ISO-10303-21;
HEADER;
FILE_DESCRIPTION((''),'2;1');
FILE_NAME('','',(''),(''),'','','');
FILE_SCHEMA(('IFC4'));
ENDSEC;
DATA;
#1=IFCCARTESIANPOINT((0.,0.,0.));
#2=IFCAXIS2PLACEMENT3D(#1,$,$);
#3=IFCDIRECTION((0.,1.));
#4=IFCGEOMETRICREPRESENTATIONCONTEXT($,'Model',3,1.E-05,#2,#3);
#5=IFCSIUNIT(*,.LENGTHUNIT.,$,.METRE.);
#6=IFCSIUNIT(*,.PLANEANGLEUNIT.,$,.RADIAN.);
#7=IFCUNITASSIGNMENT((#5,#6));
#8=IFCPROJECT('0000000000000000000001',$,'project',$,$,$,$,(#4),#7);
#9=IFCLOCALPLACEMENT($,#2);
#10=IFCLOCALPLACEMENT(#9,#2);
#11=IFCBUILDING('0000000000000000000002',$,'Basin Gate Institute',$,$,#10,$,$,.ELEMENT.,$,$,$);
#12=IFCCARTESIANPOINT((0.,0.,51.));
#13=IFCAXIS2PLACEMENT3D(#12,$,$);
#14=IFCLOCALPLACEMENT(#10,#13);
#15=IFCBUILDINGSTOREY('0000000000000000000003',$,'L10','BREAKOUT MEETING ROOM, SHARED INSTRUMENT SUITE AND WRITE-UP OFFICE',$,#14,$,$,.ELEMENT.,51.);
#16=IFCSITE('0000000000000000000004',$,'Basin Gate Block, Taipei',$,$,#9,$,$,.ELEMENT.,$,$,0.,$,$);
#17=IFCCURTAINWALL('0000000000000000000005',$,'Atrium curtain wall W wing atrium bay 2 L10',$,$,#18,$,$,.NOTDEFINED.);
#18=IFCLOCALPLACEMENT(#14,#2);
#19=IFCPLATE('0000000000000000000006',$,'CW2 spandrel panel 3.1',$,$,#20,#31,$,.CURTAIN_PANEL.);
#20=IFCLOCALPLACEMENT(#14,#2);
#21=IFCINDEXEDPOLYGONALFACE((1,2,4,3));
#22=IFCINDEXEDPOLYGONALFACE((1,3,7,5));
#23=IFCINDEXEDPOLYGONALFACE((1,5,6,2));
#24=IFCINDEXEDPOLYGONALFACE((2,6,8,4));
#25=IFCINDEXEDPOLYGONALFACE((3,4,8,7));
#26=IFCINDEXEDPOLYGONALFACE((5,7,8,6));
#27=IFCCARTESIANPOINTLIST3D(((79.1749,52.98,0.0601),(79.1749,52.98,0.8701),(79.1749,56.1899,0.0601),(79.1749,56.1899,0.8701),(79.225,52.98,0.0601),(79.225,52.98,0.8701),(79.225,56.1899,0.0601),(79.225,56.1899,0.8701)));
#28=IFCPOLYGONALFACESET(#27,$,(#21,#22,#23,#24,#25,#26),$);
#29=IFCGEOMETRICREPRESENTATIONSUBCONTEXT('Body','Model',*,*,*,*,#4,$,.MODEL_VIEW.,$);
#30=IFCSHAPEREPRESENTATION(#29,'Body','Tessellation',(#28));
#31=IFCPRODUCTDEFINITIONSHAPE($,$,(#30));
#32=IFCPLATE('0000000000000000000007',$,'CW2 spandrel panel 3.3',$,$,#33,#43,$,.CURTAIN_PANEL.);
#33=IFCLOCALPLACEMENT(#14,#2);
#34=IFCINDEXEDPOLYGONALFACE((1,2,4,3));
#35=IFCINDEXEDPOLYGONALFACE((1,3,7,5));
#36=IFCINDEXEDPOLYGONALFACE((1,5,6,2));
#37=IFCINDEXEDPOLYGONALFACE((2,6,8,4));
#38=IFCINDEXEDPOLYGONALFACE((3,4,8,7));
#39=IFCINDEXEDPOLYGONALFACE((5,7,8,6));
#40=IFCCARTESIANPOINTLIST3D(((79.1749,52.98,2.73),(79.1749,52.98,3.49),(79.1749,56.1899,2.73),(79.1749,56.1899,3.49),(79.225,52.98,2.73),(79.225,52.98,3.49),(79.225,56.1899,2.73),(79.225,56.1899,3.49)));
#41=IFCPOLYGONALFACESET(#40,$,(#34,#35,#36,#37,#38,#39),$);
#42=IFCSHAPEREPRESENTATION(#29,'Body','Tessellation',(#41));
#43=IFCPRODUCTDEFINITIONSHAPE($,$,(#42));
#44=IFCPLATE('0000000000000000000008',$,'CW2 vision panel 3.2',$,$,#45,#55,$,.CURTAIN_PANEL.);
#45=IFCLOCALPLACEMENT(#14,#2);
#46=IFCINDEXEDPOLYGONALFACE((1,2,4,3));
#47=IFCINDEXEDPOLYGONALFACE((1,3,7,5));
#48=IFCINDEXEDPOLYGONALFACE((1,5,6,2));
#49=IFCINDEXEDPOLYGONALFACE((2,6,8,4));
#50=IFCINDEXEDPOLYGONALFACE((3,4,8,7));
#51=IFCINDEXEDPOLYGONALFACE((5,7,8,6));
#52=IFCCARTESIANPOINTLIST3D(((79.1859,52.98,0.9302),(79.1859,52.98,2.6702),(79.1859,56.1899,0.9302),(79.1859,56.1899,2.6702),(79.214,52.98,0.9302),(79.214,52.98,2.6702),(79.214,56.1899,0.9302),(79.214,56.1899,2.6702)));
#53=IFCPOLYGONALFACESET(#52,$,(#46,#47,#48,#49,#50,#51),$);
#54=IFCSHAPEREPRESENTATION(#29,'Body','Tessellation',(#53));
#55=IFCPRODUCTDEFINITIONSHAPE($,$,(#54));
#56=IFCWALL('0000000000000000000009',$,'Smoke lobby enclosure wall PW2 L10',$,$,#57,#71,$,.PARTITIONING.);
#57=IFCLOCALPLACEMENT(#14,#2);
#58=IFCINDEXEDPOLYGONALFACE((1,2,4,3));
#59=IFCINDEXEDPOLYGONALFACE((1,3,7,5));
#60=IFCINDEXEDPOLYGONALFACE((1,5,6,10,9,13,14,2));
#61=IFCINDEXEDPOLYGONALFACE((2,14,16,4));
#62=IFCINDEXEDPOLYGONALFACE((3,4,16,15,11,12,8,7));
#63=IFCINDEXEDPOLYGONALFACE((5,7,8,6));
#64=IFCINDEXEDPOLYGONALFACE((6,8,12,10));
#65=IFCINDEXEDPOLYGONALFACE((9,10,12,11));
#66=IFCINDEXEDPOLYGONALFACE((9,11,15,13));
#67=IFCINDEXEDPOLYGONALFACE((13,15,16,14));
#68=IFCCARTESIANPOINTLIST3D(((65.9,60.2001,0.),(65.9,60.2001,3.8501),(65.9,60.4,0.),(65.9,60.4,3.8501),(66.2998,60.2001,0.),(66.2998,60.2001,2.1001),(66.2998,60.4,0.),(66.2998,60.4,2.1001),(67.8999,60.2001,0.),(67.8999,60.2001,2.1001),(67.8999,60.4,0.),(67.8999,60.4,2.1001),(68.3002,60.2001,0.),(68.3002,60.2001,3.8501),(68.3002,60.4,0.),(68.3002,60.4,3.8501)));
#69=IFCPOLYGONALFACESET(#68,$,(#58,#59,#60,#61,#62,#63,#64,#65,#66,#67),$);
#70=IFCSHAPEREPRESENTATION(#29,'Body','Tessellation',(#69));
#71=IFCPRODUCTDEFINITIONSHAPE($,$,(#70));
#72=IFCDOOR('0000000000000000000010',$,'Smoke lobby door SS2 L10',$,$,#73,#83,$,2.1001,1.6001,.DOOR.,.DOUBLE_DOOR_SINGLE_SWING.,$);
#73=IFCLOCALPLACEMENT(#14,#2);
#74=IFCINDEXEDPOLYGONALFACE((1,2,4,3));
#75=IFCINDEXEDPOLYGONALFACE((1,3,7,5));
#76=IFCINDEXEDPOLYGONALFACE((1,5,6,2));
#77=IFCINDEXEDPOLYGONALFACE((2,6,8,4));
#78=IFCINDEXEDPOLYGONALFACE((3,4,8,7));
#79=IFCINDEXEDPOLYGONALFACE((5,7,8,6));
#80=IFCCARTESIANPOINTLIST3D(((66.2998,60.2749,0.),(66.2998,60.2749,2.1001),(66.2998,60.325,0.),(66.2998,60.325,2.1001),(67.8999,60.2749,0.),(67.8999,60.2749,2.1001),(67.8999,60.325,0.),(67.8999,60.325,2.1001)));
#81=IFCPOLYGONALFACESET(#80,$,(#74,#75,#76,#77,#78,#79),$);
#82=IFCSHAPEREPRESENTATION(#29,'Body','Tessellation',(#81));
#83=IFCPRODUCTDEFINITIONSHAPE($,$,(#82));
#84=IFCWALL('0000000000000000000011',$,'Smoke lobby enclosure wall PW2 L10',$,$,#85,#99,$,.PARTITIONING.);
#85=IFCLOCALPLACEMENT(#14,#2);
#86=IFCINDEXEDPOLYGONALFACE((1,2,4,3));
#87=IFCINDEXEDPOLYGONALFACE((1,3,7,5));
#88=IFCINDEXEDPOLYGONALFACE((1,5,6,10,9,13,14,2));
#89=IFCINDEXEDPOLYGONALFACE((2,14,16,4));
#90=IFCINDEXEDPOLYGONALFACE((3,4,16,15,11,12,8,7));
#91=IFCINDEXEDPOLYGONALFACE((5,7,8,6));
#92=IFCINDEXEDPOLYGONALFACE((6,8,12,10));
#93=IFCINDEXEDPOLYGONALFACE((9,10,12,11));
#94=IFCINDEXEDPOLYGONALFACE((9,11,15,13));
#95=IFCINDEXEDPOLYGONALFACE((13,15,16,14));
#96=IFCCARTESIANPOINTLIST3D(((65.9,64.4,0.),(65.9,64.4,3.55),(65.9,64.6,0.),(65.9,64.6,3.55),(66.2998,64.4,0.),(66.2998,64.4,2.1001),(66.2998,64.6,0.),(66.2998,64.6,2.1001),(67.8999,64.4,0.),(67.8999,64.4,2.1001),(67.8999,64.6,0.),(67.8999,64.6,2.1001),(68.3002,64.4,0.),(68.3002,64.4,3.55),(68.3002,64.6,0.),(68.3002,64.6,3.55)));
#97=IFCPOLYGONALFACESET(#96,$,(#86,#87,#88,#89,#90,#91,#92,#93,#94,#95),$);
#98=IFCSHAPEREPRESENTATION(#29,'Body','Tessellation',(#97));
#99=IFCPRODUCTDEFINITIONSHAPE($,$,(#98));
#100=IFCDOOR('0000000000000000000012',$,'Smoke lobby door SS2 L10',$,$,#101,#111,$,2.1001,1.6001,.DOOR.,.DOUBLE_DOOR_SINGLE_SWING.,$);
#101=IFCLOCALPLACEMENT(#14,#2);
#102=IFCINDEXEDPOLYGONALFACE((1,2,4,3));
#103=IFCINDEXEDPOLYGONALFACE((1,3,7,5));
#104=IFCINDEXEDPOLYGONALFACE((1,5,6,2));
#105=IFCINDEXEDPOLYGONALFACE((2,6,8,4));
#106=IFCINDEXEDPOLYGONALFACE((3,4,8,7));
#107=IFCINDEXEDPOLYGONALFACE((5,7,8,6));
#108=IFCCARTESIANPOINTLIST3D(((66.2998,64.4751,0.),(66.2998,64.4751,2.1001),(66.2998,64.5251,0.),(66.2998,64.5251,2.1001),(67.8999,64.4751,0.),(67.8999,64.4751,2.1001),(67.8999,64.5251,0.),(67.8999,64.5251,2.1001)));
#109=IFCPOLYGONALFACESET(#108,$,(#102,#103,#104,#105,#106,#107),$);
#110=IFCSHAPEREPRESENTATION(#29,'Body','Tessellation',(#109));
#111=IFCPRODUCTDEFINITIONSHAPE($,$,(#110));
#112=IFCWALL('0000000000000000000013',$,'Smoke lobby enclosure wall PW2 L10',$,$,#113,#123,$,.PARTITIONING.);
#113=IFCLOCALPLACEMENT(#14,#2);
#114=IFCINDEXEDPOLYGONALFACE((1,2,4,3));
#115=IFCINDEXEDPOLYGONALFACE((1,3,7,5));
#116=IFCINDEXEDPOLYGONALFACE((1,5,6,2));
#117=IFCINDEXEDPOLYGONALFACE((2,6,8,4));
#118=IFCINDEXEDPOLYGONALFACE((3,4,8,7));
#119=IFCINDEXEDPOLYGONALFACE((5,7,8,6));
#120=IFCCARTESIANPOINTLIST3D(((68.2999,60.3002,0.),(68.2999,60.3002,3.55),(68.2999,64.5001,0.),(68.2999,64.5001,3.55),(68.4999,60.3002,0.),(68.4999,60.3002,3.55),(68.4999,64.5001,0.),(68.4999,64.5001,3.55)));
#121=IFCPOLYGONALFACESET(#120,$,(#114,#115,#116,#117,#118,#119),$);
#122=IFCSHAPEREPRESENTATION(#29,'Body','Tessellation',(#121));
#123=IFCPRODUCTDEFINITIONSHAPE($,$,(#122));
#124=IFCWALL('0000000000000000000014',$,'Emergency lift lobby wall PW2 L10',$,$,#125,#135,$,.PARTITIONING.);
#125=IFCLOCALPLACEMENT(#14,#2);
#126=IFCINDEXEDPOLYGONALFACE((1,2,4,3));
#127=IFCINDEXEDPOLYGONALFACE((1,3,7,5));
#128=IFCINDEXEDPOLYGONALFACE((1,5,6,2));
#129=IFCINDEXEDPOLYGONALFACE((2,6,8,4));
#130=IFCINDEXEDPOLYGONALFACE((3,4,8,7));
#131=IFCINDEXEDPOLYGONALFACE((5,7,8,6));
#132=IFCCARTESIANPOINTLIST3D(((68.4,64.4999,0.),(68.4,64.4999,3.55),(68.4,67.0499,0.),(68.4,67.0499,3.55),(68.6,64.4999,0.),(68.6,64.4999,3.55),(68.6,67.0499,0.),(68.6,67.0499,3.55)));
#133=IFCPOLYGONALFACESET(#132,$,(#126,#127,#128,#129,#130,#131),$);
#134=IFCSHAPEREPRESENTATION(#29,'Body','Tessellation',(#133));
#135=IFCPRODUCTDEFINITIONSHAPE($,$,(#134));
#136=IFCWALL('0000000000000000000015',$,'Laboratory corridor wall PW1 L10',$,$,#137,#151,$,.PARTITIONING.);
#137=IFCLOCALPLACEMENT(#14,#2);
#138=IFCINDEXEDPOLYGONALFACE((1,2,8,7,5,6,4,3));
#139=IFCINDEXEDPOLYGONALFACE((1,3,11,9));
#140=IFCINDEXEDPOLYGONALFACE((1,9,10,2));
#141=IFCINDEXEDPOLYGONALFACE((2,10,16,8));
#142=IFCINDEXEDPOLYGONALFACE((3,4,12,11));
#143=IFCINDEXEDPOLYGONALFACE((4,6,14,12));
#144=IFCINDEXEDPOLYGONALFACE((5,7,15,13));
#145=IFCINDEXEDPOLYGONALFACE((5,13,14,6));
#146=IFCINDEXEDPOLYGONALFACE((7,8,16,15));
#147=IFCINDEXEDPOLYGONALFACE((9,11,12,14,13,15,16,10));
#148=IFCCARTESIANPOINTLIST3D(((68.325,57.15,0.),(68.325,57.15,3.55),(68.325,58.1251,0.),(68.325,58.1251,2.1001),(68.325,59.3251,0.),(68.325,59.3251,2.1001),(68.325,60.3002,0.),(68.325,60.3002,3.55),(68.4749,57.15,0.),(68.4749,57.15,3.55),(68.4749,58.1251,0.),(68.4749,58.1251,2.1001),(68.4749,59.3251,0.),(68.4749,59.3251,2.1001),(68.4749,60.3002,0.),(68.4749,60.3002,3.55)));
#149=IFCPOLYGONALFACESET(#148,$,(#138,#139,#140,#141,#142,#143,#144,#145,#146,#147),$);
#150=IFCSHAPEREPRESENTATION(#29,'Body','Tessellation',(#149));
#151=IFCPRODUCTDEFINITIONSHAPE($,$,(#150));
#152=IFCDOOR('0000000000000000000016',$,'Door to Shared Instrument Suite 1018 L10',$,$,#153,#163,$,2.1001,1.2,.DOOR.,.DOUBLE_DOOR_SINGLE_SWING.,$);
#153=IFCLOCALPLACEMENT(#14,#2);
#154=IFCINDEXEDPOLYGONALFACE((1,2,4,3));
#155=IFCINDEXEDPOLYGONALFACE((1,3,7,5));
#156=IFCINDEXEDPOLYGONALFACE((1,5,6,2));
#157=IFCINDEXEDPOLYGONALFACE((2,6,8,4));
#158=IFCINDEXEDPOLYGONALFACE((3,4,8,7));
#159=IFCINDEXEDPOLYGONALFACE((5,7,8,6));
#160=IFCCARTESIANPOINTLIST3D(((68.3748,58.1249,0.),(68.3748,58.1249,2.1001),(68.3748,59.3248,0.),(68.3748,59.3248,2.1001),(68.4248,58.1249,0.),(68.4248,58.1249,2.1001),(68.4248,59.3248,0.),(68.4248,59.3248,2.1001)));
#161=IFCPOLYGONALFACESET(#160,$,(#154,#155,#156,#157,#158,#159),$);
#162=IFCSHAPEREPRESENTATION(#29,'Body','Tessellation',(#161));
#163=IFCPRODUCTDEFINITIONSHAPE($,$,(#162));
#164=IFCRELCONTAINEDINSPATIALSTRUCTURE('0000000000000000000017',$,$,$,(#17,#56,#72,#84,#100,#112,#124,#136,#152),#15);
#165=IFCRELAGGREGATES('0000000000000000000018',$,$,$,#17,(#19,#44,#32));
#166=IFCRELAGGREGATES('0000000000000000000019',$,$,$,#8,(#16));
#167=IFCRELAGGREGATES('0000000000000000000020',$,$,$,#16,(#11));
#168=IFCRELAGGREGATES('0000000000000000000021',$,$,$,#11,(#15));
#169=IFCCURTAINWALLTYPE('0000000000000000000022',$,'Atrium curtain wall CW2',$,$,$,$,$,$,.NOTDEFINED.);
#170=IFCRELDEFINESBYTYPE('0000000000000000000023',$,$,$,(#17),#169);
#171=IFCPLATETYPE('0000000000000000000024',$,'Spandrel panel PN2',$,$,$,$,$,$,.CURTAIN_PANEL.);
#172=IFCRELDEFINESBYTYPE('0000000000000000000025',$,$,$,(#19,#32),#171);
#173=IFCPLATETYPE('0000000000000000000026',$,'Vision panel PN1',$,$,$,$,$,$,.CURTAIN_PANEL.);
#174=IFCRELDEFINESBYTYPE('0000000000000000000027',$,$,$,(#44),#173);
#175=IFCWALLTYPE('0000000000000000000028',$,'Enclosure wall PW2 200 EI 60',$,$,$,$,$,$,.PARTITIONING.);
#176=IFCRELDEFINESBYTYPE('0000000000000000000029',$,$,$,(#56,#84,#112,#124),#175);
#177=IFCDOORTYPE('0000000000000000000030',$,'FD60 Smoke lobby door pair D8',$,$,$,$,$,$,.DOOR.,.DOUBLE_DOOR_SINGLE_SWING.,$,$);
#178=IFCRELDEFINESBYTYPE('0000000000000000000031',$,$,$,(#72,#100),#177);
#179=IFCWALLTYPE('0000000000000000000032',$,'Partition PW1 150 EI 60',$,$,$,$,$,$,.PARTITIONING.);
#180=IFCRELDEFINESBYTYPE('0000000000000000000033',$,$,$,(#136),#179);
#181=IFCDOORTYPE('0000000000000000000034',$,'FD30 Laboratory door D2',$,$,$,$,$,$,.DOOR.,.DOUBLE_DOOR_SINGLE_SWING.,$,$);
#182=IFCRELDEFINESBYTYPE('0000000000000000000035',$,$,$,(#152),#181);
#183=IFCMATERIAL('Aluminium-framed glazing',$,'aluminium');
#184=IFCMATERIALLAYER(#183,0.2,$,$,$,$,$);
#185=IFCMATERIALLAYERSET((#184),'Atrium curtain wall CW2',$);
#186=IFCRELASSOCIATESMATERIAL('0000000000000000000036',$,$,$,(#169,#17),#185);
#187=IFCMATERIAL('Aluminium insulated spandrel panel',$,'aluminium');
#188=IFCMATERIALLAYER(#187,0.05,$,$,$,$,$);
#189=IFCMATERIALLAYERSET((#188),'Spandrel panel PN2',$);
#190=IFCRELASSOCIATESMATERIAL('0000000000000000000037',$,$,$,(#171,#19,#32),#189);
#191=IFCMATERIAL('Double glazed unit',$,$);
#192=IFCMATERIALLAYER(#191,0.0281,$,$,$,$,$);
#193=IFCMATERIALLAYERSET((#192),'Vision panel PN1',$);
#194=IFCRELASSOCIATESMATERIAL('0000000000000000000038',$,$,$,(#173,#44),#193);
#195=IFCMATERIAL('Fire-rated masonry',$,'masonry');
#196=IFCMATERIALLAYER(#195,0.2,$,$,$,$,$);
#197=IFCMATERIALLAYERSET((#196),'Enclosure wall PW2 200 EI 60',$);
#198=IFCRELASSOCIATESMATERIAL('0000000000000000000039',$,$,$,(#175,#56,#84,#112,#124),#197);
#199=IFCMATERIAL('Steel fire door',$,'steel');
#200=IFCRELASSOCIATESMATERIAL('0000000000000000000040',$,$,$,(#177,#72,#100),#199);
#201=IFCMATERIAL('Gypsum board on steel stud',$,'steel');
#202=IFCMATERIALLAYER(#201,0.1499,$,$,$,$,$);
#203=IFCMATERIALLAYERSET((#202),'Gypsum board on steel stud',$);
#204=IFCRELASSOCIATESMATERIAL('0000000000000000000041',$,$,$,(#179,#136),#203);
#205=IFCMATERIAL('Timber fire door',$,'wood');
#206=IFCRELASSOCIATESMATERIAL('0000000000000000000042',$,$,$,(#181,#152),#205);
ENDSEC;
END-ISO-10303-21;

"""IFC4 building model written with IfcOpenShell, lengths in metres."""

from ifc_helpers import new_model, si_unit, direction, frame, frame_2d, origin, origin_2d, place, context, subcontext, project, spatial, rectangle, extrude, material, layer, layer_set, type_object, element, fill, aggregate, save


model = new_model("IFC4")

# Units and contexts
model_context = context("Model", 3, precision=1e-05, world=origin(), true_north=direction((0.0, 1.0)))
body_context = subcontext(model_context, "Body", "Model", "MODEL_VIEW")
ifc_project = project(units=[si_unit("LENGTHUNIT", "METRE"), si_unit("PLANEANGLEUNIT", "RADIAN")], contexts=[model_context])

# Site, building, storey
site_placement = place(None, origin())
site = spatial("IfcSite", under=ifc_project, at=site_placement, Name="Basin Gate Block, Taipei", CompositionType="ELEMENT", RefElevation=0.0)
building_placement = place(site_placement, origin())
building = spatial("IfcBuilding", under=site, at=building_placement, Name="Basin Gate Institute", CompositionType="ELEMENT")
storey_placement = place(building_placement, frame((0.0, 0.0, 51.0)))
storey = spatial("IfcBuildingStorey", under=building, at=storey_placement, Name="L10", Description="BREAKOUT MEETING ROOM, SHARED INSTRUMENT SUITE AND WRITE-UP OFFICE", CompositionType="ELEMENT", Elevation=51.0)

# Curtain wall
ifc_material_1 = material(Name="Aluminium-framed glazing", Category="aluminium")
ifc_layer_1 = layer(ifc_material_1, 0.2)
ifc_layer_set_1 = layer_set([ifc_layer_1], Name="Atrium curtain wall CW2")
curtain_wall_type = type_object("IfcCurtainWallType", Name="Atrium curtain wall CW2", PredefinedType="NOTDEFINED", material=ifc_layer_set_1)
curtain_wall_1_placement = place(storey_placement, origin())
curtain_wall_1 = element("IfcCurtainWall", 1, at=curtain_wall_1_placement, inside=storey, type_object=curtain_wall_type, material=ifc_layer_set_1, Name="Atrium curtain wall W wing atrium bay 2 L10", PredefinedType="NOTDEFINED")

# Plates
ifc_material_2 = material(Name="Aluminium insulated spandrel panel", Category="aluminium")
ifc_layer_2 = layer(ifc_material_2, 0.05)
ifc_layer_set_2 = layer_set([ifc_layer_2], Name="Spandrel panel PN2")
plate_type_1 = type_object("IfcPlateType", Name="Spandrel panel PN2", PredefinedType="CURTAIN_PANEL", material=ifc_layer_set_2)
plate_1_placement = place(storey_placement, frame((79.2, 54.585, 0.0601), z_axis=(0.0, 0.0, 1.0), x_axis=(0.0, 1.0, 0.0)))
plate_1 = element("IfcPlate", 2, at=plate_1_placement, type_object=plate_type_1, material=ifc_layer_set_2, Name="CW2 spandrel panel 3.1", PredefinedType="CURTAIN_PANEL", context=body_context, shape_type="SweptSolid", body=[
    extrude(rectangle(XDim=3.21, YDim=0.05, at=origin_2d()), origin(), (0.0, 0.0, 1.0), 0.8101),
])
plate_2_placement = place(storey_placement, frame((79.2, 54.585, 2.73), z_axis=(0.0, 0.0, 1.0), x_axis=(0.0, 1.0, 0.0)))
plate_2 = element("IfcPlate", 3, at=plate_2_placement, type_object=plate_type_1, material=ifc_layer_set_2, Name="CW2 spandrel panel 3.3", PredefinedType="CURTAIN_PANEL", context=body_context, shape_type="SweptSolid", body=[
    extrude(rectangle(XDim=3.21, YDim=0.05, at=origin_2d()), origin(), (0.0, 0.0, 1.0), 0.76),
])
ifc_material_3 = material(Name="Double glazed unit")
ifc_layer_3 = layer(ifc_material_3, 0.0281)
ifc_layer_set_3 = layer_set([ifc_layer_3], Name="Vision panel PN1")
plate_type_2 = type_object("IfcPlateType", Name="Vision panel PN1", PredefinedType="CURTAIN_PANEL", material=ifc_layer_set_3)
plate_3_placement = place(storey_placement, frame((79.2, 54.585, 0.9302), z_axis=(0.0, 0.0, 1.0), x_axis=(0.0, 1.0, 0.0)))
plate_3 = element("IfcPlate", 4, at=plate_3_placement, type_object=plate_type_2, material=ifc_layer_set_3, Name="CW2 vision panel 3.2", PredefinedType="CURTAIN_PANEL", context=body_context, shape_type="SweptSolid", body=[
    extrude(rectangle(XDim=3.21, YDim=0.0281, at=origin_2d()), origin(), (0.0, 0.0, 1.0), 1.74),
])
aggregate(curtain_wall_1, [plate_1, plate_3, plate_2])

# Walls, openings, doors
ifc_material_4 = material(Name="Fire-rated masonry", Category="masonry")
ifc_layer_4 = layer(ifc_material_4, 0.2)
ifc_layer_set_4 = layer_set([ifc_layer_4], Name="Enclosure wall PW2 200 EI 60")
wall_type_1 = type_object("IfcWallType", Name="Enclosure wall PW2 200 EI 60", PredefinedType="PARTITIONING", material=ifc_layer_set_4)
wall_1_placement = place(storey_placement, frame((65.8999, 60.3, 0.0), z_axis=(0.0, 0.0, 1.0), x_axis=(1.0, 0.0, 0.0)))
wall_1 = element("IfcWall", 5, at=wall_1_placement, inside=storey, type_object=wall_type_1, material=ifc_layer_set_4, Name="Smoke lobby enclosure wall PW2 L10", PredefinedType="PARTITIONING", context=body_context, shape_type="SweptSolid", body=[
    extrude(rectangle(XDim=2.4001, YDim=0.2, at=frame_2d((1.2002, 0.0))), origin(), (0.0, 0.0, 1.0), 3.8501),
])
opening_1_placement = place(wall_1_placement, frame((0.3999, 0.0, 0.0)))
opening_1 = element("IfcOpeningElement", 6, at=opening_1_placement, cuts=wall_1, PredefinedType="OPENING", context=body_context, shape_type="SweptSolid", body=[
    extrude(rectangle(XDim=1.6001, YDim=2.1001, at=frame_2d((0.8, 1.05))), frame((0.0, 0.1099, 0.0), z_axis=(0.0, -1.0, 0.0), x_axis=(1.0, 0.0, 0.0)), (0.0, 0.0, 1.0), 0.22),
])
ifc_material_5 = material(Name="Steel fire door", Category="steel")
door_type_1 = type_object("IfcDoorType", Name="FD60 Smoke lobby door pair D8", OperationType="DOUBLE_DOOR_SINGLE_SWING", PredefinedType="DOOR", material=ifc_material_5)
door_1_placement = place(opening_1_placement, origin())
door_1 = element("IfcDoor", 7, at=door_1_placement, inside=storey, type_object=door_type_1, material=ifc_material_5, Name="Smoke lobby door SS2 L10", OperationType="DOUBLE_DOOR_SINGLE_SWING", OverallHeight=2.1001, OverallWidth=1.6001, PredefinedType="DOOR", context=body_context, shape_type="SweptSolid", body=[
    extrude(rectangle(XDim=1.6001, YDim=2.1001, at=frame_2d((0.8, 1.05))), frame((0.0, 0.0249, 0.0), z_axis=(0.0, -1.0, 0.0), x_axis=(1.0, 0.0, 0.0)), (0.0, 0.0, 1.0), 0.05),
])
fill(opening_1, door_1)
wall_2_placement = place(storey_placement, frame((65.8999, 64.5, 0.0), z_axis=(0.0, 0.0, 1.0), x_axis=(1.0, 0.0, 0.0)))
wall_2 = element("IfcWall", 8, at=wall_2_placement, inside=storey, type_object=wall_type_1, material=ifc_layer_set_4, Name="Smoke lobby enclosure wall PW2 L10", PredefinedType="PARTITIONING", context=body_context, shape_type="SweptSolid", body=[
    extrude(rectangle(XDim=2.4001, YDim=0.2, at=frame_2d((1.2002, 0.0))), origin(), (0.0, 0.0, 1.0), 3.55),
])
opening_2_placement = place(wall_2_placement, frame((0.3999, 0.0, 0.0)))
opening_2 = element("IfcOpeningElement", 9, at=opening_2_placement, cuts=wall_2, PredefinedType="OPENING", context=body_context, shape_type="SweptSolid", body=[
    extrude(rectangle(XDim=1.6001, YDim=2.1001, at=frame_2d((0.8, 1.05))), frame((0.0, 0.1099, 0.0), z_axis=(0.0, -1.0, 0.0), x_axis=(1.0, 0.0, 0.0)), (0.0, 0.0, 1.0), 0.22),
])
door_2_placement = place(opening_2_placement, frame((1.6001, 0.0, 0.0), z_axis=(0.0, 0.0, 1.0), x_axis=(-1.0, 0.0, 0.0)))
door_2 = element("IfcDoor", 10, at=door_2_placement, inside=storey, type_object=door_type_1, material=ifc_material_5, Name="Smoke lobby door SS2 L10", OperationType="DOUBLE_DOOR_SINGLE_SWING", OverallHeight=2.1001, OverallWidth=1.6001, PredefinedType="DOOR", context=body_context, shape_type="SweptSolid", body=[
    extrude(rectangle(XDim=1.6001, YDim=2.1001, at=frame_2d((0.8, 1.05))), frame((0.0, 0.0249, 0.0), z_axis=(0.0, -1.0, 0.0), x_axis=(1.0, 0.0, 0.0)), (0.0, 0.0, 1.0), 0.05),
])
fill(opening_2, door_2)

# Walls
wall_3_placement = place(storey_placement, frame((68.3999, 60.3, 0.0), z_axis=(0.0, 0.0, 1.0), x_axis=(0.0, 1.0, 0.0)))
element("IfcWall", 11, at=wall_3_placement, inside=storey, type_object=wall_type_1, material=ifc_layer_set_4, Name="Smoke lobby enclosure wall PW2 L10", PredefinedType="PARTITIONING", context=body_context, shape_type="SweptSolid", body=[
    extrude(rectangle(XDim=4.2, YDim=0.2, at=frame_2d((2.1001, 0.0))), origin(), (0.0, 0.0, 1.0), 3.55),
])
wall_4_placement = place(storey_placement, frame((68.5, 64.5, 0.0), z_axis=(0.0, 0.0, 1.0), x_axis=(0.0, 1.0, 0.0)))
element("IfcWall", 12, at=wall_4_placement, inside=storey, type_object=wall_type_1, material=ifc_layer_set_4, Name="Emergency lift lobby wall PW2 L10", PredefinedType="PARTITIONING", context=body_context, shape_type="SweptSolid", body=[
    extrude(rectangle(XDim=2.55, YDim=0.2, at=frame_2d((1.2749, 0.0))), origin(), (0.0, 0.0, 1.0), 3.55),
])

# Wall, opening, door
ifc_material_6 = material(Name="Gypsum board on steel stud", Category="steel")
ifc_layer_5 = layer(ifc_material_6, 0.1499)
ifc_layer_set_5 = layer_set([ifc_layer_5], Name="Gypsum board on steel stud")
wall_type_2 = type_object("IfcWallType", Name="Partition PW1 150 EI 60", PredefinedType="PARTITIONING", material=ifc_layer_set_5)
wall_5_placement = place(storey_placement, frame((68.3999, 57.1499, 0.0), z_axis=(0.0, 0.0, 1.0), x_axis=(0.0, 1.0, 0.0)))
wall_5 = element("IfcWall", 13, at=wall_5_placement, inside=storey, type_object=wall_type_2, material=ifc_layer_set_5, Name="Laboratory corridor wall PW1 L10", PredefinedType="PARTITIONING", context=body_context, shape_type="SweptSolid", body=[
    extrude(rectangle(XDim=3.1501, YDim=0.1499, at=frame_2d((1.5752, 0.0))), origin(), (0.0, 0.0, 1.0), 3.55),
])
opening_3_placement = place(wall_5_placement, frame((0.9751, 0.0, 0.0)))
opening_3 = element("IfcOpeningElement", 14, at=opening_3_placement, cuts=wall_5, PredefinedType="OPENING", context=body_context, shape_type="SweptSolid", body=[
    extrude(rectangle(XDim=1.2, YDim=2.1001, at=frame_2d((0.6001, 1.05))), frame((0.0, 0.085, 0.0), z_axis=(0.0, -1.0, 0.0), x_axis=(1.0, 0.0, 0.0)), (0.0, 0.0, 1.0), 0.1699),
])
ifc_material_7 = material(Name="Timber fire door", Category="wood")
door_type_2 = type_object("IfcDoorType", Name="FD30 Laboratory door D2", OperationType="DOUBLE_DOOR_SINGLE_SWING", PredefinedType="DOOR", material=ifc_material_7)
door_3_placement = place(opening_3_placement, frame((1.2, 0.0, 0.0), z_axis=(0.0, 0.0, 1.0), x_axis=(-1.0, 0.0, 0.0)))
door_3 = element("IfcDoor", 15, at=door_3_placement, inside=storey, type_object=door_type_2, material=ifc_material_7, Name="Door to Shared Instrument Suite 1018 L10", OperationType="DOUBLE_DOOR_SINGLE_SWING", OverallHeight=2.1001, OverallWidth=1.2, PredefinedType="DOOR", context=body_context, shape_type="SweptSolid", body=[
    extrude(rectangle(XDim=1.2, YDim=2.1001, at=frame_2d((0.6001, 1.05))), frame((0.0, 0.0249, 0.0), z_axis=(0.0, -1.0, 0.0), x_axis=(1.0, 0.0, 0.0)), (0.0, 0.0, 1.0), 0.05),
])
fill(opening_3, door_3)

save(model, "model.ifc")
